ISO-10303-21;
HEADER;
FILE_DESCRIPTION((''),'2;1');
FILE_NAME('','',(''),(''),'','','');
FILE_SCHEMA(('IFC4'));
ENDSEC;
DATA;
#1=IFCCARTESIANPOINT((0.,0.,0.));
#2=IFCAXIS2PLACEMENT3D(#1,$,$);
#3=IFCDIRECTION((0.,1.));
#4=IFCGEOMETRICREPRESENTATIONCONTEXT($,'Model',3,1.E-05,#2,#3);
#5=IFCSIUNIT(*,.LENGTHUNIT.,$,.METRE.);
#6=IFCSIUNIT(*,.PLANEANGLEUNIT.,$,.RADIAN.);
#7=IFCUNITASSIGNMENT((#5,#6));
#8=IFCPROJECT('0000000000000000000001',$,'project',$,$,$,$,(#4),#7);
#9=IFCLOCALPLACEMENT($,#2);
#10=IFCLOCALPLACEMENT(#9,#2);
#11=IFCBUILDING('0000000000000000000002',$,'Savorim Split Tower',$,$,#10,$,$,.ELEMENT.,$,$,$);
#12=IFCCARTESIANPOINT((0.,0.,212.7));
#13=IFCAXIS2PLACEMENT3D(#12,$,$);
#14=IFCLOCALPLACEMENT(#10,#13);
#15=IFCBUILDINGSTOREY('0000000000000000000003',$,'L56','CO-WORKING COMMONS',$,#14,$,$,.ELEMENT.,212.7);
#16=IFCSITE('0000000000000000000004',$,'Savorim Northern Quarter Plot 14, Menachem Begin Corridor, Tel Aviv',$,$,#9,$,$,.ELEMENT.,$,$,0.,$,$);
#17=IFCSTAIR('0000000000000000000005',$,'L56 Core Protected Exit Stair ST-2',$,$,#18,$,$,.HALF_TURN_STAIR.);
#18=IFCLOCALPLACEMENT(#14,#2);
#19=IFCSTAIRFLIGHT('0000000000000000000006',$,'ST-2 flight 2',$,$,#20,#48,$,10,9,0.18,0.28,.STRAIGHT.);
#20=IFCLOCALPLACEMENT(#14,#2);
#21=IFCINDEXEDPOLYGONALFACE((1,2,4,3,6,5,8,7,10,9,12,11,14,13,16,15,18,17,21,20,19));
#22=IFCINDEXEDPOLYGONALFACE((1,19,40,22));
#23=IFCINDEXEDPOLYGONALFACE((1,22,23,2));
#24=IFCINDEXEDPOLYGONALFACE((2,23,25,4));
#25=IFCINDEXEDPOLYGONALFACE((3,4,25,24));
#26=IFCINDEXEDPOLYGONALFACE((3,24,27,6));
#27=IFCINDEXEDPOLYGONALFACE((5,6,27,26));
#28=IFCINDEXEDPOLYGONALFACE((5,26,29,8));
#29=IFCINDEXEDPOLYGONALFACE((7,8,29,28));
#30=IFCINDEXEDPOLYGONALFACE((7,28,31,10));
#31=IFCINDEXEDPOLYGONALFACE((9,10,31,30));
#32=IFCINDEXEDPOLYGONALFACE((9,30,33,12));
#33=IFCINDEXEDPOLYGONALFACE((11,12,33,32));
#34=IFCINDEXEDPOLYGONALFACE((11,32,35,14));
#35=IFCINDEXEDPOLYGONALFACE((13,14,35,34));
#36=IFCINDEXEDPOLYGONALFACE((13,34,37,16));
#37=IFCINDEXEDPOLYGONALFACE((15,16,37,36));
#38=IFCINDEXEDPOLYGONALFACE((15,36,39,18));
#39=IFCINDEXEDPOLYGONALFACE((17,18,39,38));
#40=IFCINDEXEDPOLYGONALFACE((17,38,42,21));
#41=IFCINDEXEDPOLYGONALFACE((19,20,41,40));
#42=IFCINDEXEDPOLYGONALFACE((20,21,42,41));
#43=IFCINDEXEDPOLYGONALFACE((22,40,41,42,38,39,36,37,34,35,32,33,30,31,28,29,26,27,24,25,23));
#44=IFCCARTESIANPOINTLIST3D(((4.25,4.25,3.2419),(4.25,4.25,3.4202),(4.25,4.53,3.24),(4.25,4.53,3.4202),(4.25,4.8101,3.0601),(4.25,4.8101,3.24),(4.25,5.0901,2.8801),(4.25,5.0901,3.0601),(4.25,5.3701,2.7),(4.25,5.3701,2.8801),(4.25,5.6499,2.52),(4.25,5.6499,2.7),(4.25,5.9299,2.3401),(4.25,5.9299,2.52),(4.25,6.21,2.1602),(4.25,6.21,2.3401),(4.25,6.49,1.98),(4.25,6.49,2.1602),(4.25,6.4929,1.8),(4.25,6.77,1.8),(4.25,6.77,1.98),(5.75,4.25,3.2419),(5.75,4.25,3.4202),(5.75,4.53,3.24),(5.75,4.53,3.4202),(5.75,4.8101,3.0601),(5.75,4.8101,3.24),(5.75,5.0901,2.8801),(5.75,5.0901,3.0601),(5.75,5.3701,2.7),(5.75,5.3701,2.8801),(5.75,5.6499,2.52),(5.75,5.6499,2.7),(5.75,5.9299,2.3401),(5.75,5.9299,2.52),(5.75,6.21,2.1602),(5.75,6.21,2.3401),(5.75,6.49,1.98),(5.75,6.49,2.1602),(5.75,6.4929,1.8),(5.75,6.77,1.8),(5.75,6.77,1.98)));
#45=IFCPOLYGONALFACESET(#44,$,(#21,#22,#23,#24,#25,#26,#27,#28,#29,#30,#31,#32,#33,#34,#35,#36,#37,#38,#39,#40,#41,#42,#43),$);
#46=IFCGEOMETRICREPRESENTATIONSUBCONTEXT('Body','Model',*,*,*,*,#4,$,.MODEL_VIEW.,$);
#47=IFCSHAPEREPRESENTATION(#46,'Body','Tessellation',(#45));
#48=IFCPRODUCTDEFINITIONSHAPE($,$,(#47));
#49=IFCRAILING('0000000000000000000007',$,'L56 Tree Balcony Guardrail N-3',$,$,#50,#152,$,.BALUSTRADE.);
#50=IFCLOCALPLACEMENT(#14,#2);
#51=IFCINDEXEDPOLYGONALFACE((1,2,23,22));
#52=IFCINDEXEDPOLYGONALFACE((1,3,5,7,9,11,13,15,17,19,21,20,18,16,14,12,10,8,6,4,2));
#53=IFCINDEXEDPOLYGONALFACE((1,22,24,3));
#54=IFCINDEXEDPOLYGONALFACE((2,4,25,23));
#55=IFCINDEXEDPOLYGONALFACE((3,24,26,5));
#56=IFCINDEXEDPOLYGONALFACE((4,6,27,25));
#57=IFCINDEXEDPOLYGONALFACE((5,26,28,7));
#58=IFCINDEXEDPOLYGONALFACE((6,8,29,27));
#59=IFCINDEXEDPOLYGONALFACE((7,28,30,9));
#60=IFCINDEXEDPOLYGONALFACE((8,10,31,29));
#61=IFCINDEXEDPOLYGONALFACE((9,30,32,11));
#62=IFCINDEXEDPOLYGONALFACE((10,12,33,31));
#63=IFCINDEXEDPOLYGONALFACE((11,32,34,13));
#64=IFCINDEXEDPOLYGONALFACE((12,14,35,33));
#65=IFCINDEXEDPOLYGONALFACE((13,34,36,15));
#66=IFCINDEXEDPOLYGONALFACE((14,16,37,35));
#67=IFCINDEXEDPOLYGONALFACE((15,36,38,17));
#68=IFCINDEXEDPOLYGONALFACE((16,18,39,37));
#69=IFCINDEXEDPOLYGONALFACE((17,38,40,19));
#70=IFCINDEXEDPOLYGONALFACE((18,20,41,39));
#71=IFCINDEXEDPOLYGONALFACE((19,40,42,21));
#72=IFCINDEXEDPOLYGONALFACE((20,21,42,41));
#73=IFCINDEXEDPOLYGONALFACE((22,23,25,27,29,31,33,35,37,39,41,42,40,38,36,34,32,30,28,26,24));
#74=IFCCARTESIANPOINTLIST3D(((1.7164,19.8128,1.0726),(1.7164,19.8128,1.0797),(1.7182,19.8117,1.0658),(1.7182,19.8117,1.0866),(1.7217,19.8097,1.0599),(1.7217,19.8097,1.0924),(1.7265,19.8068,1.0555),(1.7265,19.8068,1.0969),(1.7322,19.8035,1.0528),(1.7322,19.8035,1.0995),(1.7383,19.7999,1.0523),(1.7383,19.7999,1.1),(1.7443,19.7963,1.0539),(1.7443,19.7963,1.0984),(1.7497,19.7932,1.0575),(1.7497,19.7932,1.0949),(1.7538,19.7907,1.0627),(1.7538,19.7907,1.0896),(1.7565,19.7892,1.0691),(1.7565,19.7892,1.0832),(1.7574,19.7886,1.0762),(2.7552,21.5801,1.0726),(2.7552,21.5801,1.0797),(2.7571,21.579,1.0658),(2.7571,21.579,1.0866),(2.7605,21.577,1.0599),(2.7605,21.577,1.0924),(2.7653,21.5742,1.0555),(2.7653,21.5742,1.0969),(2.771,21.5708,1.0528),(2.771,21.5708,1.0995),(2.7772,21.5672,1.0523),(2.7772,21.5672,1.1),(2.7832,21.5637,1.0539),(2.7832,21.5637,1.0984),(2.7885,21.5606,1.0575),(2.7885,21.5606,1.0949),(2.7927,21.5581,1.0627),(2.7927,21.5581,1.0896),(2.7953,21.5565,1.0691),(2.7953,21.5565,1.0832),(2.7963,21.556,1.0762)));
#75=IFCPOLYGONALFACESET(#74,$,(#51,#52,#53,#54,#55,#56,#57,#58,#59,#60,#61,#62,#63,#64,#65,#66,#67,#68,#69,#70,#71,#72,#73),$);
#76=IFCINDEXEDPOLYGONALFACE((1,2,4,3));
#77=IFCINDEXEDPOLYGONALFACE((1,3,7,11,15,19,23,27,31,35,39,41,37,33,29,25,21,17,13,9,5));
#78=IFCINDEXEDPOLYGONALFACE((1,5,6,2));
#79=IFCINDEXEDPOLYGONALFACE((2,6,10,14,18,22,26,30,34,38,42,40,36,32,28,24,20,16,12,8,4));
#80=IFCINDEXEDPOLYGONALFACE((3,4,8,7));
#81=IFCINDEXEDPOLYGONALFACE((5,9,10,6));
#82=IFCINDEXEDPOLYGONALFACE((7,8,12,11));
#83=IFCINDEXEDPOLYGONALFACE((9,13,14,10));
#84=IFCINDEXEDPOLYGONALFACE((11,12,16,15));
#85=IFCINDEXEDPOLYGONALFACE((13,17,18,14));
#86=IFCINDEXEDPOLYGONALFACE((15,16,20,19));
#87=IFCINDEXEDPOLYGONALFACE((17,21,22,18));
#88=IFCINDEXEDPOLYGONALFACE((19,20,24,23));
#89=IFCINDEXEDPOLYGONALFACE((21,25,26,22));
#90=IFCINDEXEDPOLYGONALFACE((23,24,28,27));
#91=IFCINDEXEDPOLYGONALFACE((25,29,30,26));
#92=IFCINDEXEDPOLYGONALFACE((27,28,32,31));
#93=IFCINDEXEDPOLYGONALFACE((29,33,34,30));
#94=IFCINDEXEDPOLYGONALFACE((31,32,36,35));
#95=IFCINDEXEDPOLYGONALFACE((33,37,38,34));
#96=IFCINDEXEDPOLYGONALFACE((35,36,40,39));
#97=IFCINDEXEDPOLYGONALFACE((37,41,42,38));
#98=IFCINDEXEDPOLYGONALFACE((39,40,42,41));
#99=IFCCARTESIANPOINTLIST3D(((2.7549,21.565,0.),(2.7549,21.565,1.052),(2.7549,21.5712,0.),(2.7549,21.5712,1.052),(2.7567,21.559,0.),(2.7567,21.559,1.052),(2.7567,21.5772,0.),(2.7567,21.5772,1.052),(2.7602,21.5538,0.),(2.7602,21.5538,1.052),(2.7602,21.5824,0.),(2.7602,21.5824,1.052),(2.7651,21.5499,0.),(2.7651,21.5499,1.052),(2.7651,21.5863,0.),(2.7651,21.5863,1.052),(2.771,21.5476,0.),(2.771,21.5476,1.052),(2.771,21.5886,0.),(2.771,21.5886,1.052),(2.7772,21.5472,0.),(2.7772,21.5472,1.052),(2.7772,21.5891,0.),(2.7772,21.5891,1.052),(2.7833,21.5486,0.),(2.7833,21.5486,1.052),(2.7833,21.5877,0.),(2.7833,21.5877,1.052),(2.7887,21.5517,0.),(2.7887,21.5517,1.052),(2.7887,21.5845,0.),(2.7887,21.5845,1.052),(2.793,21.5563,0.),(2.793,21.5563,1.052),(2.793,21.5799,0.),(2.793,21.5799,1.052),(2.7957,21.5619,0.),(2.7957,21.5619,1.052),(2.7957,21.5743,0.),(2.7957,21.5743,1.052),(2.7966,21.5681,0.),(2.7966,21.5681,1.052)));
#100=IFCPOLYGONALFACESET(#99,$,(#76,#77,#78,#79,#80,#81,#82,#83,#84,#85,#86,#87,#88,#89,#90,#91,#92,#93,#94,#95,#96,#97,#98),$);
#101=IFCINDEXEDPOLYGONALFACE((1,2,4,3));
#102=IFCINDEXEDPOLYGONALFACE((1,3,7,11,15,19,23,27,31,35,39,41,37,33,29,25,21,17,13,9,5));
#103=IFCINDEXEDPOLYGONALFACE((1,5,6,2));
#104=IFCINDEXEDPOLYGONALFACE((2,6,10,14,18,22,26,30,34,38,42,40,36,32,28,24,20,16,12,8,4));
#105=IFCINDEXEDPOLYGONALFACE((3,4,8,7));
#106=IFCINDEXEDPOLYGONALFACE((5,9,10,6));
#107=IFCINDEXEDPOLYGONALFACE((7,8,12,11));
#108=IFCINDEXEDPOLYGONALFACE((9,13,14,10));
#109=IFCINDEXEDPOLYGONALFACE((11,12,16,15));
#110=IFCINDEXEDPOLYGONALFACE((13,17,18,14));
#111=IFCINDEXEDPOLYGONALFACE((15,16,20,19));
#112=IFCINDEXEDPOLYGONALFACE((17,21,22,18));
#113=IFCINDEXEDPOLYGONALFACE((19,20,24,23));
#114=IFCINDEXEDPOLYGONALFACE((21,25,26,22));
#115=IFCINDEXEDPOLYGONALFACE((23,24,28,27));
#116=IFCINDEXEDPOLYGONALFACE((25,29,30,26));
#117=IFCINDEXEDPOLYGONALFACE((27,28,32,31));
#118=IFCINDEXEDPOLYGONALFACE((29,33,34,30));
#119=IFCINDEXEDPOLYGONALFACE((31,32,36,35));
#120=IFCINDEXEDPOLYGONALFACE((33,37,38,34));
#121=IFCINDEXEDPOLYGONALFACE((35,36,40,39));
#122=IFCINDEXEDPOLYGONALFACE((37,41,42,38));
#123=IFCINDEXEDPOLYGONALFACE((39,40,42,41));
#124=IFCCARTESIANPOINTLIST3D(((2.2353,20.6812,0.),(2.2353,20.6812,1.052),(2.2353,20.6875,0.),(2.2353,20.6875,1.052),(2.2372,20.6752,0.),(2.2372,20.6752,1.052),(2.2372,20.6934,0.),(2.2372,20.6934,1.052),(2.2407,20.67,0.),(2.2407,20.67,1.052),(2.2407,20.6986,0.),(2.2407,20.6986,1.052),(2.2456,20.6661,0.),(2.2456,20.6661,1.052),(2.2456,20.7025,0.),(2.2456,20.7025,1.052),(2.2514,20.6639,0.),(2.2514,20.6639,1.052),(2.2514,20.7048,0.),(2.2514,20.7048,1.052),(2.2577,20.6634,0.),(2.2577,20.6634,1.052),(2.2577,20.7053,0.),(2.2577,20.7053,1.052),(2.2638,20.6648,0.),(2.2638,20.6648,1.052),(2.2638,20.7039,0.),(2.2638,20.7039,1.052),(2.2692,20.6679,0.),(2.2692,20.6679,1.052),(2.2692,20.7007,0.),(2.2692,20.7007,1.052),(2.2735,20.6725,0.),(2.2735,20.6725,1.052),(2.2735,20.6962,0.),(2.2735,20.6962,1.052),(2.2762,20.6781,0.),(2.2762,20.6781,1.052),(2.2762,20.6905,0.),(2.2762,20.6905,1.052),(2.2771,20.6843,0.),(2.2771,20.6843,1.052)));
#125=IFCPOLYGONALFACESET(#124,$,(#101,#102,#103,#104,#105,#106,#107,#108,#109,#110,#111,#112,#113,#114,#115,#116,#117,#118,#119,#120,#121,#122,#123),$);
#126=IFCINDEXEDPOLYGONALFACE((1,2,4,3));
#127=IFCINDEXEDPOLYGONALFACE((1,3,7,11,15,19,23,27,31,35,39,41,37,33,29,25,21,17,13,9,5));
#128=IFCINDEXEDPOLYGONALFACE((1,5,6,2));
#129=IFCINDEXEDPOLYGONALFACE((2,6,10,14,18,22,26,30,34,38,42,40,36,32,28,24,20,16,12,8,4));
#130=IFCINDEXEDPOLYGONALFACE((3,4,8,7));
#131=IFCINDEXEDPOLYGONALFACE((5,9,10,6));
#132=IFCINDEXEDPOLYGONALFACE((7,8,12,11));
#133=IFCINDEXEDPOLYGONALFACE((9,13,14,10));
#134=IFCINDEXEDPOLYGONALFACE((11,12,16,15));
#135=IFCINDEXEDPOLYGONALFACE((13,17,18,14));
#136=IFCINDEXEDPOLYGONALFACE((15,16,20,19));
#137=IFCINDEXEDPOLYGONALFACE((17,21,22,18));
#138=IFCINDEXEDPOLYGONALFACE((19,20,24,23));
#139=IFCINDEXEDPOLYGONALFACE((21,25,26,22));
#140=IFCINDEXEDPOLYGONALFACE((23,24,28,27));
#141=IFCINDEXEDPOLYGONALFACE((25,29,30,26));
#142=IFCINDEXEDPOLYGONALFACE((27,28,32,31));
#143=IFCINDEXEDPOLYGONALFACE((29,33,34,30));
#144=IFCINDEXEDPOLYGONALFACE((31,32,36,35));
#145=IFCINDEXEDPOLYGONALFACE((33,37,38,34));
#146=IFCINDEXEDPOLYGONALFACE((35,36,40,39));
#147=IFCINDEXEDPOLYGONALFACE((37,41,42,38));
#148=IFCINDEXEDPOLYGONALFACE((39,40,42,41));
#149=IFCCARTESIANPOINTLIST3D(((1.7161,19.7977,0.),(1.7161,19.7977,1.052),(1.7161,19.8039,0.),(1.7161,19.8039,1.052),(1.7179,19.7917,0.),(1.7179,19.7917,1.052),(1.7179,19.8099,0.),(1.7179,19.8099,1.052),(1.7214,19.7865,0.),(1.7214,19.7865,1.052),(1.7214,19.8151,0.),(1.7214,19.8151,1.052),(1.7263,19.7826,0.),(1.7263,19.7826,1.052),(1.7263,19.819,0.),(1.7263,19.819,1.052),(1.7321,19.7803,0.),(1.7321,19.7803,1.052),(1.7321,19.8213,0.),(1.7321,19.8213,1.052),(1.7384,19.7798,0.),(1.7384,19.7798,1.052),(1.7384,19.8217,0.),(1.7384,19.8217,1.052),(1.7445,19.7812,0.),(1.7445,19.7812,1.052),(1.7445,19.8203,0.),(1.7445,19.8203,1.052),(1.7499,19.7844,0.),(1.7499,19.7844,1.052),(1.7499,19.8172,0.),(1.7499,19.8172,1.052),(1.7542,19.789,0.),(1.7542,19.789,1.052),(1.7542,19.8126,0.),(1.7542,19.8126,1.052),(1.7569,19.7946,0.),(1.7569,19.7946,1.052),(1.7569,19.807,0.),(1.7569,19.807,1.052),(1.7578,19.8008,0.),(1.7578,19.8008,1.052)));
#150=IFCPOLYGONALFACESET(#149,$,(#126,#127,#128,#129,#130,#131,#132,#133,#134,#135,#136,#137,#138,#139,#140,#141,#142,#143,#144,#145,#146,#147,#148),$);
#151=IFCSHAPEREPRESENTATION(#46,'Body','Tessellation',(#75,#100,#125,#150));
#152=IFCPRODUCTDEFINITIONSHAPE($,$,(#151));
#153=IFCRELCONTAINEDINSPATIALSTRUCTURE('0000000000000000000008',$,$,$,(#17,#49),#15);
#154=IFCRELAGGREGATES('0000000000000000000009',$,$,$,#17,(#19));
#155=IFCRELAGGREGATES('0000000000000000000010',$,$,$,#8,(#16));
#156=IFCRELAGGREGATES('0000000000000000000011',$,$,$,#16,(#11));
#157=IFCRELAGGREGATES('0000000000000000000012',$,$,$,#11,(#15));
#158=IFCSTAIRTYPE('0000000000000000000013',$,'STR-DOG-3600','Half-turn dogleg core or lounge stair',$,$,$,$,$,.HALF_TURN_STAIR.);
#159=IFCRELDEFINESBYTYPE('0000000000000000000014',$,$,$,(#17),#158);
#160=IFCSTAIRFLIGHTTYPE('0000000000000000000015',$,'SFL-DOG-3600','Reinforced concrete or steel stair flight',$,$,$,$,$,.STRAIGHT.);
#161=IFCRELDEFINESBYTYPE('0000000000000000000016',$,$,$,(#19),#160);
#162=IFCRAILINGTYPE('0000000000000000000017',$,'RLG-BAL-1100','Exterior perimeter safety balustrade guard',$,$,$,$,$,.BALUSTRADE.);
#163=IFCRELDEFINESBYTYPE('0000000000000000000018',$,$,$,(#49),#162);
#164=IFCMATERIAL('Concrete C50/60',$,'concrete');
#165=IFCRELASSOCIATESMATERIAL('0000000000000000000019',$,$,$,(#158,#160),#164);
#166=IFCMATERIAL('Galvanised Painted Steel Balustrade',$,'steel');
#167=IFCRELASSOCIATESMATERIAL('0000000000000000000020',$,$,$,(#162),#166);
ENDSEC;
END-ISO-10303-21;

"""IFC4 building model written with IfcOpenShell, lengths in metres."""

from ifc_helpers import new_model, si_unit, direction, frame, origin, origin_2d, place, context, subcontext, project, spatial, polyline, circle, outline, extrude, material, type_object, element, aggregate, save


model = new_model("IFC4")

# Units and contexts
model_context = context("Model", 3, precision=1e-05, world=origin(), true_north=direction((0.0, 1.0)))
body_context = subcontext(model_context, "Body", "Model", "MODEL_VIEW")
ifc_project = project(units=[si_unit("LENGTHUNIT", "METRE"), si_unit("PLANEANGLEUNIT", "RADIAN")], contexts=[model_context])

# Site, building, storey
site_placement = place(None, origin())
site = spatial("IfcSite", under=ifc_project, at=site_placement, Name="Savorim Northern Quarter Plot 14, Menachem Begin Corridor, Tel Aviv", CompositionType="ELEMENT", RefElevation=0.0)
building_placement = place(site_placement, origin())
building = spatial("IfcBuilding", under=site, at=building_placement, Name="Savorim Split Tower", CompositionType="ELEMENT")
storey_placement = place(building_placement, frame((0.0, 0.0, 212.7)))
storey = spatial("IfcBuildingStorey", under=building, at=storey_placement, Name="L56", Description="CO-WORKING COMMONS", CompositionType="ELEMENT", Elevation=212.7)

# Stair, stair flight
ifc_material_1 = material(Name="Concrete C50/60", Category="concrete")
stair_type = type_object("IfcStairType", Name="STR-DOG-3600", Description="Half-turn dogleg core or lounge stair", PredefinedType="HALF_TURN_STAIR", material=ifc_material_1)
stair_placement = place(storey_placement, origin())
stair = element("IfcStair", 1, at=stair_placement, inside=storey, type_object=stair_type, Name="L56 Core Protected Exit Stair ST-2", PredefinedType="HALF_TURN_STAIR")
stair_flight_type = type_object("IfcStairFlightType", Name="SFL-DOG-3600", Description="Reinforced concrete or steel stair flight", PredefinedType="STRAIGHT", material=ifc_material_1)
stair_flight_placement = place(storey_placement, frame((5.0, 6.77, 1.8), z_axis=(0.0, 0.0, 1.0), x_axis=(0.0, -1.0, 0.0)))
stair_flight = element("IfcStairFlight", 2, at=stair_flight_placement, type_object=stair_flight_type, Name="ST-2 flight 2", NumberOfRisers=10, NumberOfTreads=9, PredefinedType="STRAIGHT", RiserHeight=0.18, TreadLength=0.28, context=body_context, shape_type="SweptSolid", body=[
    extrude(outline(polyline([(0.0, 0.0), (0.0, 0.1799), (0.28, 0.1799), (0.28, 0.3601), (0.5601, 0.3601), (0.5601, 0.54), (0.8401, 0.54), (0.8401, 0.72), (1.1201, 0.72), (1.1201, 0.8999), (1.3999, 0.8999), (1.3999, 1.0801), (1.6799, 1.0801), (1.6799, 1.26), (1.96, 1.26), (1.96, 1.4399), (2.24, 1.4399), (2.24, 1.6201), (2.52, 1.6201), (2.52, 1.8), (2.52, 1.4419), (0.2771, 0.0), (0.0, 0.0)])), frame((0.0, 0.75, 0.0), z_axis=(0.0, -1.0, 0.0), x_axis=(1.0, 0.0, 0.0)), (0.0, 0.0, 1.0), 1.5),
])
aggregate(stair, [stair_flight])

# Railing
ifc_material_2 = material(Name="Galvanised Painted Steel Balustrade", Category="steel")
railing_type_1 = type_object("IfcRailingType", Name="RLG-BAL-1100", Description="Exterior perimeter safety balustrade guard", PredefinedType="BALUSTRADE", material=ifc_material_2)
railing_1_placement = place(storey_placement, frame((2.7756, 21.5681, 0.0)))
element("IfcRailing", 3, at=railing_1_placement, inside=storey, type_object=railing_type_1, Name="L56 Tree Balcony Guardrail N-3", PredefinedType="BALUSTRADE", context=body_context, shape_type="SweptSolid", body=[
    extrude(circle(Radius=0.0239, at=origin_2d()), frame((0.0, 0.0, 1.0762), z_axis=(-0.506734, -0.862103, 0.0), x_axis=(0.862103, -0.506734, 0.0)), (0.0, 0.0, 1.0), 2.05),
    extrude(circle(Radius=0.021, at=origin_2d()), origin(), (0.0, 0.0, 1.0), 1.052),
    extrude(circle(Radius=0.021, at=origin_2d()), frame((-0.5195, -0.8838, 0.0)), (0.0, 0.0, 1.0), 1.052),
    extrude(circle(Radius=0.021, at=origin_2d()), frame((-1.0388, -1.7673, 0.0)), (0.0, 0.0, 1.0), 1.052),
])

save(model, "model.ifc")
